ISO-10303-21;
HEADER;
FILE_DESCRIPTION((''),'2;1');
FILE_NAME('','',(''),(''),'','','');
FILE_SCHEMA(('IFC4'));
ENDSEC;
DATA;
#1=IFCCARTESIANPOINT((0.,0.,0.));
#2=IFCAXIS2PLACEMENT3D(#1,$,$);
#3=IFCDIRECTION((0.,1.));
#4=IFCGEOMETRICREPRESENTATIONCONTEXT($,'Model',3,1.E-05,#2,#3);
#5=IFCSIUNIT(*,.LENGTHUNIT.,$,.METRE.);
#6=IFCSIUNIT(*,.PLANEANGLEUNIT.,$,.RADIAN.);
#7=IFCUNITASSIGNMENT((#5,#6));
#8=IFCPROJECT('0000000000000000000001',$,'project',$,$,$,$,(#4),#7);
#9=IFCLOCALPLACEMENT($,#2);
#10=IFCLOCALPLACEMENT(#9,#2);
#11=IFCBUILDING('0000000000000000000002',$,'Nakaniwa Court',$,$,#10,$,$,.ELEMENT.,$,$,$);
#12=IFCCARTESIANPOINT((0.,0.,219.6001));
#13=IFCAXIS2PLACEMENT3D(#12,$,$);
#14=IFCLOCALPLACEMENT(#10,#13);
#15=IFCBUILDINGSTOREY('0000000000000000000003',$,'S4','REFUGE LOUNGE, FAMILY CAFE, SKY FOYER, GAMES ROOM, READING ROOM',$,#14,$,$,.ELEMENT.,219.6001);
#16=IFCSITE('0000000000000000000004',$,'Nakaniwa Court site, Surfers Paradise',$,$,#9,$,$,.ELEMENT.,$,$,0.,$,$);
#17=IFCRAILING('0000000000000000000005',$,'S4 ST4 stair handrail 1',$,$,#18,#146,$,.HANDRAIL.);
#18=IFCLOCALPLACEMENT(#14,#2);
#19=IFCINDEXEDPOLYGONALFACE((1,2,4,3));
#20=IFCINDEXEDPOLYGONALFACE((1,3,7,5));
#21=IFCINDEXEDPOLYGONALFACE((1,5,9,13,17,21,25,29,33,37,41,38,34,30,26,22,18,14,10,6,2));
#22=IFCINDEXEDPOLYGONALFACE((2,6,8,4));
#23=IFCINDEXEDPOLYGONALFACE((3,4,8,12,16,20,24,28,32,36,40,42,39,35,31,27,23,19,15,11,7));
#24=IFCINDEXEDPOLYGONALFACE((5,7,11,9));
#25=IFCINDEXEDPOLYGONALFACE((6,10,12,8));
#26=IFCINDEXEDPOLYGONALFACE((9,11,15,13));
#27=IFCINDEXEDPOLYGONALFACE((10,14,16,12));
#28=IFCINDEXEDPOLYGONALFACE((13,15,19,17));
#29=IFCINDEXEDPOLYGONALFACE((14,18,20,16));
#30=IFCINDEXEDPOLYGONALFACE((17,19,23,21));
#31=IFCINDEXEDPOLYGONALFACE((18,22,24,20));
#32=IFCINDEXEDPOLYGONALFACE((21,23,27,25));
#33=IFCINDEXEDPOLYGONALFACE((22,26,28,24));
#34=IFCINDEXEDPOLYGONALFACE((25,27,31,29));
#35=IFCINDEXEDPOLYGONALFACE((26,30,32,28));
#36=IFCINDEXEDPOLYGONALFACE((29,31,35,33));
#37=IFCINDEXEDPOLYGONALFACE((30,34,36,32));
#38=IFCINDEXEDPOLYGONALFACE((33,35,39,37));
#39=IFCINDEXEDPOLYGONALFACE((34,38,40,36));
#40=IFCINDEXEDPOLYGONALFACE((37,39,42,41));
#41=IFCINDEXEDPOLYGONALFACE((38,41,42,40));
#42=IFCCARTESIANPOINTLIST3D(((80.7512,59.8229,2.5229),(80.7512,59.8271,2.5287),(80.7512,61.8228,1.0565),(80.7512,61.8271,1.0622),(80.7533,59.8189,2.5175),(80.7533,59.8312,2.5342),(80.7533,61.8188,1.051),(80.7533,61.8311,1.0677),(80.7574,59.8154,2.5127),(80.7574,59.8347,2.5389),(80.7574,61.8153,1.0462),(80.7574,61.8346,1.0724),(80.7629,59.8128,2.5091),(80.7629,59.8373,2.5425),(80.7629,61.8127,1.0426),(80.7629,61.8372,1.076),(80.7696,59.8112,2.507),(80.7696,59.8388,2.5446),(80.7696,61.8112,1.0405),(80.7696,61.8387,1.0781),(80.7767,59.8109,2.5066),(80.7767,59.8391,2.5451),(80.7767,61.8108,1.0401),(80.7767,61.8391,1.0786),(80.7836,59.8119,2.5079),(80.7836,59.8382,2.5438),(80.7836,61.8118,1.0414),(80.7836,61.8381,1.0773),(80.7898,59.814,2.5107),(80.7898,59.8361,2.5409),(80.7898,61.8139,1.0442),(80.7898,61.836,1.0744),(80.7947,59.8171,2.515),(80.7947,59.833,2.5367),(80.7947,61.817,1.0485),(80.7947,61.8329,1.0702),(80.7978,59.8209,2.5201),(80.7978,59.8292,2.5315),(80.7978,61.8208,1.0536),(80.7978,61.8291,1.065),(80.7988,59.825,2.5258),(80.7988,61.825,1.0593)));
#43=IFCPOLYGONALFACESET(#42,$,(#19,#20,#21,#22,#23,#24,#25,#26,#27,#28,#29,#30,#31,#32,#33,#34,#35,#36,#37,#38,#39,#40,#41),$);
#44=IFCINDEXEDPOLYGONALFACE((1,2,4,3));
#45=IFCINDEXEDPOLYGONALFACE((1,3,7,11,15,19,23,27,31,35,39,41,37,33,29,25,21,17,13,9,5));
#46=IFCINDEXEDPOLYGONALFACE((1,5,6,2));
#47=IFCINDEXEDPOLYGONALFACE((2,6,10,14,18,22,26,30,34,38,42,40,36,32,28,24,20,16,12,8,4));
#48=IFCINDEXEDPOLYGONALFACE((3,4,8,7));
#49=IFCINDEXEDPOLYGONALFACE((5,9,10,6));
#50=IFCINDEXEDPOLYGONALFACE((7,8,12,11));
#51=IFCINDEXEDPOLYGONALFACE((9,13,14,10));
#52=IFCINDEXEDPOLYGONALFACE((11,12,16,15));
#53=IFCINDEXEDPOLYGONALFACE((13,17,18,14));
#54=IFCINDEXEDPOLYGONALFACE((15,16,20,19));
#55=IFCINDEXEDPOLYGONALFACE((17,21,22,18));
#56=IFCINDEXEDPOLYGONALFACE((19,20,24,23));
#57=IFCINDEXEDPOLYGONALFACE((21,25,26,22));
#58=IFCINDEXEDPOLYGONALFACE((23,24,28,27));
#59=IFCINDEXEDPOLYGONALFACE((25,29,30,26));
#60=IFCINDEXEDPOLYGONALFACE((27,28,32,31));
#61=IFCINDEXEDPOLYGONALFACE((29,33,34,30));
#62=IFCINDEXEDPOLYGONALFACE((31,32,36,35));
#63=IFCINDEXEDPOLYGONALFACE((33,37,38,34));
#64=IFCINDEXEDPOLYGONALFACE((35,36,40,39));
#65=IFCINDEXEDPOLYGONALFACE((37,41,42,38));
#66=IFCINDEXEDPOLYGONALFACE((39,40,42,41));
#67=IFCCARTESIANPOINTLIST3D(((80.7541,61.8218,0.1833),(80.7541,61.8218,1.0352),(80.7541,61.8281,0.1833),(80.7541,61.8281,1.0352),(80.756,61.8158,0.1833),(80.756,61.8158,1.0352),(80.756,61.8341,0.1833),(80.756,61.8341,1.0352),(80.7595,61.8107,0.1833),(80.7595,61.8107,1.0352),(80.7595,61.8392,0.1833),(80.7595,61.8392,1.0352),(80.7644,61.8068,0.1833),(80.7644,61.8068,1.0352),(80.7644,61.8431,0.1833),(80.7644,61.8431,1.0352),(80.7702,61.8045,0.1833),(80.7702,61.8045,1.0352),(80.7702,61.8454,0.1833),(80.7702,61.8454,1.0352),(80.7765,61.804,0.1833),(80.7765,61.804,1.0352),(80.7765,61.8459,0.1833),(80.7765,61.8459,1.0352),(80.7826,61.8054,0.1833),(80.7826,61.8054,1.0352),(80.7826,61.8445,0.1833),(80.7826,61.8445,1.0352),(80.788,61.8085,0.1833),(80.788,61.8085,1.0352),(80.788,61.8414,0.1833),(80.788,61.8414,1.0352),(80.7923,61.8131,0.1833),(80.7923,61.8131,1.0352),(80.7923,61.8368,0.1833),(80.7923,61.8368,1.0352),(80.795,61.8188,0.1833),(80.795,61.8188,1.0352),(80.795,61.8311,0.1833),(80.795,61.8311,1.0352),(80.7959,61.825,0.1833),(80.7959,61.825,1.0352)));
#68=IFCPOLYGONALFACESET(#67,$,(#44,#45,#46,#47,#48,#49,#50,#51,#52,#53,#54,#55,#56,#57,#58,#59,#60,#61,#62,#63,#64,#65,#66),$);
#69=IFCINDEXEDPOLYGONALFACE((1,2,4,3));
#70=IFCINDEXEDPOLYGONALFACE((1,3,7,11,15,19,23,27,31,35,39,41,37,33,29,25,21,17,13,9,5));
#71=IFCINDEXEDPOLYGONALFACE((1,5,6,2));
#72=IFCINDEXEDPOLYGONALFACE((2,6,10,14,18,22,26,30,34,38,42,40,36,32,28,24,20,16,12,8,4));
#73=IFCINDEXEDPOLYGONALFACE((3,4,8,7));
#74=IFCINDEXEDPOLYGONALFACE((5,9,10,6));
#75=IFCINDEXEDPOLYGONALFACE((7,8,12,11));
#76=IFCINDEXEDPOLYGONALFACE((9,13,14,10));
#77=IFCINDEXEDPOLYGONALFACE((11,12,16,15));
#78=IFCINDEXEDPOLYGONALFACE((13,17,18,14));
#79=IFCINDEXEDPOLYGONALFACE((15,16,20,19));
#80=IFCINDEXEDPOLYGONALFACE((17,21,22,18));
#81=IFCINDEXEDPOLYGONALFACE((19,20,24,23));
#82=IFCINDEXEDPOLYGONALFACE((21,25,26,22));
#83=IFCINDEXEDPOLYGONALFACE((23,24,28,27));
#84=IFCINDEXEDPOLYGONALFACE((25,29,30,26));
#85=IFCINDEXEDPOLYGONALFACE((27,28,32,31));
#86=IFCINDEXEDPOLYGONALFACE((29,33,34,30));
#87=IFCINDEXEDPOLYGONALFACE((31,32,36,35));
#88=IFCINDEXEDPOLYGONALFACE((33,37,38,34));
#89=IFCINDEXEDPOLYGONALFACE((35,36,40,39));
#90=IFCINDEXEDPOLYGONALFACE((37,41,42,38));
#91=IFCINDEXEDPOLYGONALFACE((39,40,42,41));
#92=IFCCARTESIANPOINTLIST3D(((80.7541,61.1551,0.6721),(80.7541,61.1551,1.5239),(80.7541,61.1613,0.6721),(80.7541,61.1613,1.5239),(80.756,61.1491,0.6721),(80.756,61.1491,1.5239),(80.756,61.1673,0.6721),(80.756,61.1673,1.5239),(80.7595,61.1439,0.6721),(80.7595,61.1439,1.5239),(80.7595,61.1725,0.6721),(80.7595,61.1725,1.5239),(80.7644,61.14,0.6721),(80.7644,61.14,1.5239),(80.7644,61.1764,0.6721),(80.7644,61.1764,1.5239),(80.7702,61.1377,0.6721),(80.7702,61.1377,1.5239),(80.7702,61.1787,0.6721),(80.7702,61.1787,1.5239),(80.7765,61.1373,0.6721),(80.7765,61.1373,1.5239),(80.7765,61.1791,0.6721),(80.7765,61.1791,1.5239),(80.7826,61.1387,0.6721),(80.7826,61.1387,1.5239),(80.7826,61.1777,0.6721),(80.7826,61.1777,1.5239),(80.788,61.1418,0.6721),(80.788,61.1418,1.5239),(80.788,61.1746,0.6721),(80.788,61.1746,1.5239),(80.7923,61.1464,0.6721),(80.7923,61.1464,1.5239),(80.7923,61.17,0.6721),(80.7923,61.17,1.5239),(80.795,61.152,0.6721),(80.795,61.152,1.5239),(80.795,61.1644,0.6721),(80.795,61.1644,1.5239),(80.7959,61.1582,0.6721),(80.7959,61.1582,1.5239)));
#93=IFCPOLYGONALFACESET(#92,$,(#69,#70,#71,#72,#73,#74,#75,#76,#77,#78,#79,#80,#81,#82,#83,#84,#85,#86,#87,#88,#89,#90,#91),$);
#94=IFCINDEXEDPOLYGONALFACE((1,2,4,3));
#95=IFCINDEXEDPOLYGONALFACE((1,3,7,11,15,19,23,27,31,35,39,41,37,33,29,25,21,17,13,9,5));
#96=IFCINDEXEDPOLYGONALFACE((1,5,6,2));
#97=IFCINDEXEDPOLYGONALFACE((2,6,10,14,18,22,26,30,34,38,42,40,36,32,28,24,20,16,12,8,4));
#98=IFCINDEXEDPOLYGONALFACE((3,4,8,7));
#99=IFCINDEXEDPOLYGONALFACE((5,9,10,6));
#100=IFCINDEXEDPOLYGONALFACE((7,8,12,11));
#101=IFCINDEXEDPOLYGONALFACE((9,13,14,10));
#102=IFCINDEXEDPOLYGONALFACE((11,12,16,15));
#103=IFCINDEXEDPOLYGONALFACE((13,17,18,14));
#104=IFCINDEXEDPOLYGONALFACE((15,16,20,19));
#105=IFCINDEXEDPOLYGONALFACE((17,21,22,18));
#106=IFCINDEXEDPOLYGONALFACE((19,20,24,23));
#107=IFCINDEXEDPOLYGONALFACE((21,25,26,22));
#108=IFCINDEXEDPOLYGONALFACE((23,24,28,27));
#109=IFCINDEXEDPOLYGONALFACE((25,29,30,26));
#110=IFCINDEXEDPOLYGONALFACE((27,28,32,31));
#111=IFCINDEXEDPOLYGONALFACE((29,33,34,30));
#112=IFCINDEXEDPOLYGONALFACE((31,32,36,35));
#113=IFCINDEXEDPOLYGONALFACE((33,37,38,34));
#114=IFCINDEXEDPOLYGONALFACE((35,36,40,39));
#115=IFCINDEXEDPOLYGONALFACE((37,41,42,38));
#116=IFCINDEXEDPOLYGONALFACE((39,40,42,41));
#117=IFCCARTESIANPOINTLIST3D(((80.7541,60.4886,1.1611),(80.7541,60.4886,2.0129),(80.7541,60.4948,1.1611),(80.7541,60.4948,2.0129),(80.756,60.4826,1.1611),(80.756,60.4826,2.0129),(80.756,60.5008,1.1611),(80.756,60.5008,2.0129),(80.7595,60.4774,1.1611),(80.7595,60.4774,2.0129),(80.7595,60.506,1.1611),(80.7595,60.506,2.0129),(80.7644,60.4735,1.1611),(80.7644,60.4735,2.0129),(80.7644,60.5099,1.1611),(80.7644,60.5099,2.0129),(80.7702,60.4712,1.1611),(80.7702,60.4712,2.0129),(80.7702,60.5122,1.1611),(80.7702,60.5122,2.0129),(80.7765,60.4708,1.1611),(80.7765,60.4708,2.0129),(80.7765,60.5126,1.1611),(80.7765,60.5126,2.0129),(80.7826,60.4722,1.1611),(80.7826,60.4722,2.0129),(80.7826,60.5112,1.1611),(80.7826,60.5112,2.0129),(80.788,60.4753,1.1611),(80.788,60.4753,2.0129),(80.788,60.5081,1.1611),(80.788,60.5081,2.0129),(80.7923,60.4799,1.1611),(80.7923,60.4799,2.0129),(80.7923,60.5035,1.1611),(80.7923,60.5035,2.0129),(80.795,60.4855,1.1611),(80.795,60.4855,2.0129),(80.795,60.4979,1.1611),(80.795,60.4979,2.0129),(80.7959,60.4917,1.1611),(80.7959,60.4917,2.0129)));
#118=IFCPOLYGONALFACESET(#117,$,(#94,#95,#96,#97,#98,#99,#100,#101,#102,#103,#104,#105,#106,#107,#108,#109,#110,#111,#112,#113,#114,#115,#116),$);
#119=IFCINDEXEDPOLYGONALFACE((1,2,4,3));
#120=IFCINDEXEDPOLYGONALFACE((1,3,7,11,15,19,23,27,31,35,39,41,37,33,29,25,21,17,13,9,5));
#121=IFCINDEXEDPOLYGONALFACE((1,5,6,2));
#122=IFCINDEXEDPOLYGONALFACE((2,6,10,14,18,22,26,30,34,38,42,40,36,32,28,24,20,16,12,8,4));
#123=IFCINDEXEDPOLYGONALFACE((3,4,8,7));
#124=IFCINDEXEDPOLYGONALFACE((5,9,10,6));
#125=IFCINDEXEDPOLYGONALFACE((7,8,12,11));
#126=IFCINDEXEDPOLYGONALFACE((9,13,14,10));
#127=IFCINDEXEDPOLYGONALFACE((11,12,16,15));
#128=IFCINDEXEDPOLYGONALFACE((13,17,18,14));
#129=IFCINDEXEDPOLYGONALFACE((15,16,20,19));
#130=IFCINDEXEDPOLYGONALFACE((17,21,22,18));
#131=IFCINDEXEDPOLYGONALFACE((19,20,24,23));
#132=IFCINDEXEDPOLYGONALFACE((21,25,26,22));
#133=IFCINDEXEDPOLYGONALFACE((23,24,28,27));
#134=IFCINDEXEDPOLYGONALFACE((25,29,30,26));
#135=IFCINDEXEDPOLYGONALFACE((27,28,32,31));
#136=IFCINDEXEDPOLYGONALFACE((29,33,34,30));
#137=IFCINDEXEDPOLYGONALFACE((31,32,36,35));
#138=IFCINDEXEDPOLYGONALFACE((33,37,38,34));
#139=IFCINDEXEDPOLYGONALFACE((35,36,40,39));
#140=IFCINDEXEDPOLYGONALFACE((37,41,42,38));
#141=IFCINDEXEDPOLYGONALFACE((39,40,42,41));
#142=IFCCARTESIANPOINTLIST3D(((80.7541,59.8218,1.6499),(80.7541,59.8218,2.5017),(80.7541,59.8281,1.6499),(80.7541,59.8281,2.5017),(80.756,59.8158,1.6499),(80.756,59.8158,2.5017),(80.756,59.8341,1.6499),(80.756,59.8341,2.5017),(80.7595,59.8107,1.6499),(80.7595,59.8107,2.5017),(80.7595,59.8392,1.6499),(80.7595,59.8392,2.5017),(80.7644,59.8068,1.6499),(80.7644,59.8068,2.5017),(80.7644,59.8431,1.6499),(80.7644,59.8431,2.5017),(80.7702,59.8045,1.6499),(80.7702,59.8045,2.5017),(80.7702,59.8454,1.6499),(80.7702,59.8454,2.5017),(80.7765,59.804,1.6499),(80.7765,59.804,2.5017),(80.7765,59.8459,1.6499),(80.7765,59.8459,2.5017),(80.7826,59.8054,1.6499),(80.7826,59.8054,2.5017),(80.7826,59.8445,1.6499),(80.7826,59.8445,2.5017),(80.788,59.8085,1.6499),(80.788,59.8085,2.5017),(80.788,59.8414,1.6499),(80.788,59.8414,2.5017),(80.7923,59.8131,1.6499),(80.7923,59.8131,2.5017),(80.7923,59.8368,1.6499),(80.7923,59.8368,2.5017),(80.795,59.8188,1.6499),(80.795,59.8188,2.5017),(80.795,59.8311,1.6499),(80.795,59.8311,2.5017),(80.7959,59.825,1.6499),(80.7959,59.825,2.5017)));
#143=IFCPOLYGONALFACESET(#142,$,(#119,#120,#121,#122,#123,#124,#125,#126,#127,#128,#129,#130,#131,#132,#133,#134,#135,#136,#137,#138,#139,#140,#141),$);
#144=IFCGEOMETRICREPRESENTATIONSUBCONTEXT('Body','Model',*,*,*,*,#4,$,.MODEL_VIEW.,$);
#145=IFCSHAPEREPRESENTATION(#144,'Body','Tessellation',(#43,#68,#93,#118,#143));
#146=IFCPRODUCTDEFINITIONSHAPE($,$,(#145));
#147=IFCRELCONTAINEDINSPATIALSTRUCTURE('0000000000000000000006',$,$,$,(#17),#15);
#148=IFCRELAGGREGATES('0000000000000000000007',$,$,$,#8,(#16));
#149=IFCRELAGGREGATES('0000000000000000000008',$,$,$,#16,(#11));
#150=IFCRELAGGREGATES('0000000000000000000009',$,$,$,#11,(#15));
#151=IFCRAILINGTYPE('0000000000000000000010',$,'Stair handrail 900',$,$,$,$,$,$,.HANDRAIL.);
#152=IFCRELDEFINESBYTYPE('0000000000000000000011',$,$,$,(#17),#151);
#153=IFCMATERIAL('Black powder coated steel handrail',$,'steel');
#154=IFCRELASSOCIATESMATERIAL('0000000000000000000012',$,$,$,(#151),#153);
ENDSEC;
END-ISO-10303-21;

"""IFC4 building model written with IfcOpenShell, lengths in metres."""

from ifc_helpers import new_model, si_unit, direction, frame, origin, origin_2d, place, context, subcontext, project, spatial, circle, extrude, material, type_object, element, save


model = new_model("IFC4")

# Units and contexts
model_context = context("Model", 3, precision=1e-05, world=origin(), true_north=direction((0.0, 1.0)))
body_context = subcontext(model_context, "Body", "Model", "MODEL_VIEW")
ifc_project = project(units=[si_unit("LENGTHUNIT", "METRE"), si_unit("PLANEANGLEUNIT", "RADIAN")], contexts=[model_context])

# Site, building, storey
site_placement = place(None, origin())
site = spatial("IfcSite", under=ifc_project, at=site_placement, Name="Nakaniwa Court site, Surfers Paradise", CompositionType="ELEMENT", RefElevation=0.0)
building_placement = place(site_placement, origin())
building = spatial("IfcBuilding", under=site, at=building_placement, Name="Nakaniwa Court", CompositionType="ELEMENT")
storey_placement = place(building_placement, frame((0.0, 0.0, 219.6001)))
storey = spatial("IfcBuildingStorey", under=building, at=storey_placement, Name="S4", Description="REFUGE LOUNGE, FAMILY CAFE, SKY FOYER, GAMES ROOM, READING ROOM", CompositionType="ELEMENT", Elevation=219.6001)

# Railing
ifc_material_1 = material(Name="Black powder coated steel handrail", Category="steel")
railing_type_1 = type_object("IfcRailingType", Name="Stair handrail 900", PredefinedType="HANDRAIL", material=ifc_material_1)
railing_1_placement = place(storey_placement, frame((80.7749, 61.825, 0.1833)))
element("IfcRailing", 1, at=railing_1_placement, inside=storey, type_object=railing_type_1, Name="S4 ST4 stair handrail 1", PredefinedType="HANDRAIL", context=body_context, shape_type="SweptSolid", body=[
    extrude(circle(Radius=0.0239, at=origin_2d()), frame((0.0, 0.0, 0.876), z_axis=(0.0, -0.806427, 0.591334), x_axis=(1.0, 0.0, 0.0)), (0.0, 0.0, 1.0), 2.48),
    extrude(circle(Radius=0.021, at=origin_2d()), origin(), (0.0, 0.0, 1.0), 0.8518),
    extrude(circle(Radius=0.021, at=origin_2d()), frame((0.0, -0.6667, 0.4888)), (0.0, 0.0, 1.0), 0.8518),
    extrude(circle(Radius=0.021, at=origin_2d()), frame((0.0, -1.3333, 0.9778)), (0.0, 0.0, 1.0), 0.8518),
    extrude(circle(Radius=0.021, at=origin_2d()), frame((0.0, -2.0, 1.4666)), (0.0, 0.0, 1.0), 0.8518),
])

save(model, "model.ifc")
